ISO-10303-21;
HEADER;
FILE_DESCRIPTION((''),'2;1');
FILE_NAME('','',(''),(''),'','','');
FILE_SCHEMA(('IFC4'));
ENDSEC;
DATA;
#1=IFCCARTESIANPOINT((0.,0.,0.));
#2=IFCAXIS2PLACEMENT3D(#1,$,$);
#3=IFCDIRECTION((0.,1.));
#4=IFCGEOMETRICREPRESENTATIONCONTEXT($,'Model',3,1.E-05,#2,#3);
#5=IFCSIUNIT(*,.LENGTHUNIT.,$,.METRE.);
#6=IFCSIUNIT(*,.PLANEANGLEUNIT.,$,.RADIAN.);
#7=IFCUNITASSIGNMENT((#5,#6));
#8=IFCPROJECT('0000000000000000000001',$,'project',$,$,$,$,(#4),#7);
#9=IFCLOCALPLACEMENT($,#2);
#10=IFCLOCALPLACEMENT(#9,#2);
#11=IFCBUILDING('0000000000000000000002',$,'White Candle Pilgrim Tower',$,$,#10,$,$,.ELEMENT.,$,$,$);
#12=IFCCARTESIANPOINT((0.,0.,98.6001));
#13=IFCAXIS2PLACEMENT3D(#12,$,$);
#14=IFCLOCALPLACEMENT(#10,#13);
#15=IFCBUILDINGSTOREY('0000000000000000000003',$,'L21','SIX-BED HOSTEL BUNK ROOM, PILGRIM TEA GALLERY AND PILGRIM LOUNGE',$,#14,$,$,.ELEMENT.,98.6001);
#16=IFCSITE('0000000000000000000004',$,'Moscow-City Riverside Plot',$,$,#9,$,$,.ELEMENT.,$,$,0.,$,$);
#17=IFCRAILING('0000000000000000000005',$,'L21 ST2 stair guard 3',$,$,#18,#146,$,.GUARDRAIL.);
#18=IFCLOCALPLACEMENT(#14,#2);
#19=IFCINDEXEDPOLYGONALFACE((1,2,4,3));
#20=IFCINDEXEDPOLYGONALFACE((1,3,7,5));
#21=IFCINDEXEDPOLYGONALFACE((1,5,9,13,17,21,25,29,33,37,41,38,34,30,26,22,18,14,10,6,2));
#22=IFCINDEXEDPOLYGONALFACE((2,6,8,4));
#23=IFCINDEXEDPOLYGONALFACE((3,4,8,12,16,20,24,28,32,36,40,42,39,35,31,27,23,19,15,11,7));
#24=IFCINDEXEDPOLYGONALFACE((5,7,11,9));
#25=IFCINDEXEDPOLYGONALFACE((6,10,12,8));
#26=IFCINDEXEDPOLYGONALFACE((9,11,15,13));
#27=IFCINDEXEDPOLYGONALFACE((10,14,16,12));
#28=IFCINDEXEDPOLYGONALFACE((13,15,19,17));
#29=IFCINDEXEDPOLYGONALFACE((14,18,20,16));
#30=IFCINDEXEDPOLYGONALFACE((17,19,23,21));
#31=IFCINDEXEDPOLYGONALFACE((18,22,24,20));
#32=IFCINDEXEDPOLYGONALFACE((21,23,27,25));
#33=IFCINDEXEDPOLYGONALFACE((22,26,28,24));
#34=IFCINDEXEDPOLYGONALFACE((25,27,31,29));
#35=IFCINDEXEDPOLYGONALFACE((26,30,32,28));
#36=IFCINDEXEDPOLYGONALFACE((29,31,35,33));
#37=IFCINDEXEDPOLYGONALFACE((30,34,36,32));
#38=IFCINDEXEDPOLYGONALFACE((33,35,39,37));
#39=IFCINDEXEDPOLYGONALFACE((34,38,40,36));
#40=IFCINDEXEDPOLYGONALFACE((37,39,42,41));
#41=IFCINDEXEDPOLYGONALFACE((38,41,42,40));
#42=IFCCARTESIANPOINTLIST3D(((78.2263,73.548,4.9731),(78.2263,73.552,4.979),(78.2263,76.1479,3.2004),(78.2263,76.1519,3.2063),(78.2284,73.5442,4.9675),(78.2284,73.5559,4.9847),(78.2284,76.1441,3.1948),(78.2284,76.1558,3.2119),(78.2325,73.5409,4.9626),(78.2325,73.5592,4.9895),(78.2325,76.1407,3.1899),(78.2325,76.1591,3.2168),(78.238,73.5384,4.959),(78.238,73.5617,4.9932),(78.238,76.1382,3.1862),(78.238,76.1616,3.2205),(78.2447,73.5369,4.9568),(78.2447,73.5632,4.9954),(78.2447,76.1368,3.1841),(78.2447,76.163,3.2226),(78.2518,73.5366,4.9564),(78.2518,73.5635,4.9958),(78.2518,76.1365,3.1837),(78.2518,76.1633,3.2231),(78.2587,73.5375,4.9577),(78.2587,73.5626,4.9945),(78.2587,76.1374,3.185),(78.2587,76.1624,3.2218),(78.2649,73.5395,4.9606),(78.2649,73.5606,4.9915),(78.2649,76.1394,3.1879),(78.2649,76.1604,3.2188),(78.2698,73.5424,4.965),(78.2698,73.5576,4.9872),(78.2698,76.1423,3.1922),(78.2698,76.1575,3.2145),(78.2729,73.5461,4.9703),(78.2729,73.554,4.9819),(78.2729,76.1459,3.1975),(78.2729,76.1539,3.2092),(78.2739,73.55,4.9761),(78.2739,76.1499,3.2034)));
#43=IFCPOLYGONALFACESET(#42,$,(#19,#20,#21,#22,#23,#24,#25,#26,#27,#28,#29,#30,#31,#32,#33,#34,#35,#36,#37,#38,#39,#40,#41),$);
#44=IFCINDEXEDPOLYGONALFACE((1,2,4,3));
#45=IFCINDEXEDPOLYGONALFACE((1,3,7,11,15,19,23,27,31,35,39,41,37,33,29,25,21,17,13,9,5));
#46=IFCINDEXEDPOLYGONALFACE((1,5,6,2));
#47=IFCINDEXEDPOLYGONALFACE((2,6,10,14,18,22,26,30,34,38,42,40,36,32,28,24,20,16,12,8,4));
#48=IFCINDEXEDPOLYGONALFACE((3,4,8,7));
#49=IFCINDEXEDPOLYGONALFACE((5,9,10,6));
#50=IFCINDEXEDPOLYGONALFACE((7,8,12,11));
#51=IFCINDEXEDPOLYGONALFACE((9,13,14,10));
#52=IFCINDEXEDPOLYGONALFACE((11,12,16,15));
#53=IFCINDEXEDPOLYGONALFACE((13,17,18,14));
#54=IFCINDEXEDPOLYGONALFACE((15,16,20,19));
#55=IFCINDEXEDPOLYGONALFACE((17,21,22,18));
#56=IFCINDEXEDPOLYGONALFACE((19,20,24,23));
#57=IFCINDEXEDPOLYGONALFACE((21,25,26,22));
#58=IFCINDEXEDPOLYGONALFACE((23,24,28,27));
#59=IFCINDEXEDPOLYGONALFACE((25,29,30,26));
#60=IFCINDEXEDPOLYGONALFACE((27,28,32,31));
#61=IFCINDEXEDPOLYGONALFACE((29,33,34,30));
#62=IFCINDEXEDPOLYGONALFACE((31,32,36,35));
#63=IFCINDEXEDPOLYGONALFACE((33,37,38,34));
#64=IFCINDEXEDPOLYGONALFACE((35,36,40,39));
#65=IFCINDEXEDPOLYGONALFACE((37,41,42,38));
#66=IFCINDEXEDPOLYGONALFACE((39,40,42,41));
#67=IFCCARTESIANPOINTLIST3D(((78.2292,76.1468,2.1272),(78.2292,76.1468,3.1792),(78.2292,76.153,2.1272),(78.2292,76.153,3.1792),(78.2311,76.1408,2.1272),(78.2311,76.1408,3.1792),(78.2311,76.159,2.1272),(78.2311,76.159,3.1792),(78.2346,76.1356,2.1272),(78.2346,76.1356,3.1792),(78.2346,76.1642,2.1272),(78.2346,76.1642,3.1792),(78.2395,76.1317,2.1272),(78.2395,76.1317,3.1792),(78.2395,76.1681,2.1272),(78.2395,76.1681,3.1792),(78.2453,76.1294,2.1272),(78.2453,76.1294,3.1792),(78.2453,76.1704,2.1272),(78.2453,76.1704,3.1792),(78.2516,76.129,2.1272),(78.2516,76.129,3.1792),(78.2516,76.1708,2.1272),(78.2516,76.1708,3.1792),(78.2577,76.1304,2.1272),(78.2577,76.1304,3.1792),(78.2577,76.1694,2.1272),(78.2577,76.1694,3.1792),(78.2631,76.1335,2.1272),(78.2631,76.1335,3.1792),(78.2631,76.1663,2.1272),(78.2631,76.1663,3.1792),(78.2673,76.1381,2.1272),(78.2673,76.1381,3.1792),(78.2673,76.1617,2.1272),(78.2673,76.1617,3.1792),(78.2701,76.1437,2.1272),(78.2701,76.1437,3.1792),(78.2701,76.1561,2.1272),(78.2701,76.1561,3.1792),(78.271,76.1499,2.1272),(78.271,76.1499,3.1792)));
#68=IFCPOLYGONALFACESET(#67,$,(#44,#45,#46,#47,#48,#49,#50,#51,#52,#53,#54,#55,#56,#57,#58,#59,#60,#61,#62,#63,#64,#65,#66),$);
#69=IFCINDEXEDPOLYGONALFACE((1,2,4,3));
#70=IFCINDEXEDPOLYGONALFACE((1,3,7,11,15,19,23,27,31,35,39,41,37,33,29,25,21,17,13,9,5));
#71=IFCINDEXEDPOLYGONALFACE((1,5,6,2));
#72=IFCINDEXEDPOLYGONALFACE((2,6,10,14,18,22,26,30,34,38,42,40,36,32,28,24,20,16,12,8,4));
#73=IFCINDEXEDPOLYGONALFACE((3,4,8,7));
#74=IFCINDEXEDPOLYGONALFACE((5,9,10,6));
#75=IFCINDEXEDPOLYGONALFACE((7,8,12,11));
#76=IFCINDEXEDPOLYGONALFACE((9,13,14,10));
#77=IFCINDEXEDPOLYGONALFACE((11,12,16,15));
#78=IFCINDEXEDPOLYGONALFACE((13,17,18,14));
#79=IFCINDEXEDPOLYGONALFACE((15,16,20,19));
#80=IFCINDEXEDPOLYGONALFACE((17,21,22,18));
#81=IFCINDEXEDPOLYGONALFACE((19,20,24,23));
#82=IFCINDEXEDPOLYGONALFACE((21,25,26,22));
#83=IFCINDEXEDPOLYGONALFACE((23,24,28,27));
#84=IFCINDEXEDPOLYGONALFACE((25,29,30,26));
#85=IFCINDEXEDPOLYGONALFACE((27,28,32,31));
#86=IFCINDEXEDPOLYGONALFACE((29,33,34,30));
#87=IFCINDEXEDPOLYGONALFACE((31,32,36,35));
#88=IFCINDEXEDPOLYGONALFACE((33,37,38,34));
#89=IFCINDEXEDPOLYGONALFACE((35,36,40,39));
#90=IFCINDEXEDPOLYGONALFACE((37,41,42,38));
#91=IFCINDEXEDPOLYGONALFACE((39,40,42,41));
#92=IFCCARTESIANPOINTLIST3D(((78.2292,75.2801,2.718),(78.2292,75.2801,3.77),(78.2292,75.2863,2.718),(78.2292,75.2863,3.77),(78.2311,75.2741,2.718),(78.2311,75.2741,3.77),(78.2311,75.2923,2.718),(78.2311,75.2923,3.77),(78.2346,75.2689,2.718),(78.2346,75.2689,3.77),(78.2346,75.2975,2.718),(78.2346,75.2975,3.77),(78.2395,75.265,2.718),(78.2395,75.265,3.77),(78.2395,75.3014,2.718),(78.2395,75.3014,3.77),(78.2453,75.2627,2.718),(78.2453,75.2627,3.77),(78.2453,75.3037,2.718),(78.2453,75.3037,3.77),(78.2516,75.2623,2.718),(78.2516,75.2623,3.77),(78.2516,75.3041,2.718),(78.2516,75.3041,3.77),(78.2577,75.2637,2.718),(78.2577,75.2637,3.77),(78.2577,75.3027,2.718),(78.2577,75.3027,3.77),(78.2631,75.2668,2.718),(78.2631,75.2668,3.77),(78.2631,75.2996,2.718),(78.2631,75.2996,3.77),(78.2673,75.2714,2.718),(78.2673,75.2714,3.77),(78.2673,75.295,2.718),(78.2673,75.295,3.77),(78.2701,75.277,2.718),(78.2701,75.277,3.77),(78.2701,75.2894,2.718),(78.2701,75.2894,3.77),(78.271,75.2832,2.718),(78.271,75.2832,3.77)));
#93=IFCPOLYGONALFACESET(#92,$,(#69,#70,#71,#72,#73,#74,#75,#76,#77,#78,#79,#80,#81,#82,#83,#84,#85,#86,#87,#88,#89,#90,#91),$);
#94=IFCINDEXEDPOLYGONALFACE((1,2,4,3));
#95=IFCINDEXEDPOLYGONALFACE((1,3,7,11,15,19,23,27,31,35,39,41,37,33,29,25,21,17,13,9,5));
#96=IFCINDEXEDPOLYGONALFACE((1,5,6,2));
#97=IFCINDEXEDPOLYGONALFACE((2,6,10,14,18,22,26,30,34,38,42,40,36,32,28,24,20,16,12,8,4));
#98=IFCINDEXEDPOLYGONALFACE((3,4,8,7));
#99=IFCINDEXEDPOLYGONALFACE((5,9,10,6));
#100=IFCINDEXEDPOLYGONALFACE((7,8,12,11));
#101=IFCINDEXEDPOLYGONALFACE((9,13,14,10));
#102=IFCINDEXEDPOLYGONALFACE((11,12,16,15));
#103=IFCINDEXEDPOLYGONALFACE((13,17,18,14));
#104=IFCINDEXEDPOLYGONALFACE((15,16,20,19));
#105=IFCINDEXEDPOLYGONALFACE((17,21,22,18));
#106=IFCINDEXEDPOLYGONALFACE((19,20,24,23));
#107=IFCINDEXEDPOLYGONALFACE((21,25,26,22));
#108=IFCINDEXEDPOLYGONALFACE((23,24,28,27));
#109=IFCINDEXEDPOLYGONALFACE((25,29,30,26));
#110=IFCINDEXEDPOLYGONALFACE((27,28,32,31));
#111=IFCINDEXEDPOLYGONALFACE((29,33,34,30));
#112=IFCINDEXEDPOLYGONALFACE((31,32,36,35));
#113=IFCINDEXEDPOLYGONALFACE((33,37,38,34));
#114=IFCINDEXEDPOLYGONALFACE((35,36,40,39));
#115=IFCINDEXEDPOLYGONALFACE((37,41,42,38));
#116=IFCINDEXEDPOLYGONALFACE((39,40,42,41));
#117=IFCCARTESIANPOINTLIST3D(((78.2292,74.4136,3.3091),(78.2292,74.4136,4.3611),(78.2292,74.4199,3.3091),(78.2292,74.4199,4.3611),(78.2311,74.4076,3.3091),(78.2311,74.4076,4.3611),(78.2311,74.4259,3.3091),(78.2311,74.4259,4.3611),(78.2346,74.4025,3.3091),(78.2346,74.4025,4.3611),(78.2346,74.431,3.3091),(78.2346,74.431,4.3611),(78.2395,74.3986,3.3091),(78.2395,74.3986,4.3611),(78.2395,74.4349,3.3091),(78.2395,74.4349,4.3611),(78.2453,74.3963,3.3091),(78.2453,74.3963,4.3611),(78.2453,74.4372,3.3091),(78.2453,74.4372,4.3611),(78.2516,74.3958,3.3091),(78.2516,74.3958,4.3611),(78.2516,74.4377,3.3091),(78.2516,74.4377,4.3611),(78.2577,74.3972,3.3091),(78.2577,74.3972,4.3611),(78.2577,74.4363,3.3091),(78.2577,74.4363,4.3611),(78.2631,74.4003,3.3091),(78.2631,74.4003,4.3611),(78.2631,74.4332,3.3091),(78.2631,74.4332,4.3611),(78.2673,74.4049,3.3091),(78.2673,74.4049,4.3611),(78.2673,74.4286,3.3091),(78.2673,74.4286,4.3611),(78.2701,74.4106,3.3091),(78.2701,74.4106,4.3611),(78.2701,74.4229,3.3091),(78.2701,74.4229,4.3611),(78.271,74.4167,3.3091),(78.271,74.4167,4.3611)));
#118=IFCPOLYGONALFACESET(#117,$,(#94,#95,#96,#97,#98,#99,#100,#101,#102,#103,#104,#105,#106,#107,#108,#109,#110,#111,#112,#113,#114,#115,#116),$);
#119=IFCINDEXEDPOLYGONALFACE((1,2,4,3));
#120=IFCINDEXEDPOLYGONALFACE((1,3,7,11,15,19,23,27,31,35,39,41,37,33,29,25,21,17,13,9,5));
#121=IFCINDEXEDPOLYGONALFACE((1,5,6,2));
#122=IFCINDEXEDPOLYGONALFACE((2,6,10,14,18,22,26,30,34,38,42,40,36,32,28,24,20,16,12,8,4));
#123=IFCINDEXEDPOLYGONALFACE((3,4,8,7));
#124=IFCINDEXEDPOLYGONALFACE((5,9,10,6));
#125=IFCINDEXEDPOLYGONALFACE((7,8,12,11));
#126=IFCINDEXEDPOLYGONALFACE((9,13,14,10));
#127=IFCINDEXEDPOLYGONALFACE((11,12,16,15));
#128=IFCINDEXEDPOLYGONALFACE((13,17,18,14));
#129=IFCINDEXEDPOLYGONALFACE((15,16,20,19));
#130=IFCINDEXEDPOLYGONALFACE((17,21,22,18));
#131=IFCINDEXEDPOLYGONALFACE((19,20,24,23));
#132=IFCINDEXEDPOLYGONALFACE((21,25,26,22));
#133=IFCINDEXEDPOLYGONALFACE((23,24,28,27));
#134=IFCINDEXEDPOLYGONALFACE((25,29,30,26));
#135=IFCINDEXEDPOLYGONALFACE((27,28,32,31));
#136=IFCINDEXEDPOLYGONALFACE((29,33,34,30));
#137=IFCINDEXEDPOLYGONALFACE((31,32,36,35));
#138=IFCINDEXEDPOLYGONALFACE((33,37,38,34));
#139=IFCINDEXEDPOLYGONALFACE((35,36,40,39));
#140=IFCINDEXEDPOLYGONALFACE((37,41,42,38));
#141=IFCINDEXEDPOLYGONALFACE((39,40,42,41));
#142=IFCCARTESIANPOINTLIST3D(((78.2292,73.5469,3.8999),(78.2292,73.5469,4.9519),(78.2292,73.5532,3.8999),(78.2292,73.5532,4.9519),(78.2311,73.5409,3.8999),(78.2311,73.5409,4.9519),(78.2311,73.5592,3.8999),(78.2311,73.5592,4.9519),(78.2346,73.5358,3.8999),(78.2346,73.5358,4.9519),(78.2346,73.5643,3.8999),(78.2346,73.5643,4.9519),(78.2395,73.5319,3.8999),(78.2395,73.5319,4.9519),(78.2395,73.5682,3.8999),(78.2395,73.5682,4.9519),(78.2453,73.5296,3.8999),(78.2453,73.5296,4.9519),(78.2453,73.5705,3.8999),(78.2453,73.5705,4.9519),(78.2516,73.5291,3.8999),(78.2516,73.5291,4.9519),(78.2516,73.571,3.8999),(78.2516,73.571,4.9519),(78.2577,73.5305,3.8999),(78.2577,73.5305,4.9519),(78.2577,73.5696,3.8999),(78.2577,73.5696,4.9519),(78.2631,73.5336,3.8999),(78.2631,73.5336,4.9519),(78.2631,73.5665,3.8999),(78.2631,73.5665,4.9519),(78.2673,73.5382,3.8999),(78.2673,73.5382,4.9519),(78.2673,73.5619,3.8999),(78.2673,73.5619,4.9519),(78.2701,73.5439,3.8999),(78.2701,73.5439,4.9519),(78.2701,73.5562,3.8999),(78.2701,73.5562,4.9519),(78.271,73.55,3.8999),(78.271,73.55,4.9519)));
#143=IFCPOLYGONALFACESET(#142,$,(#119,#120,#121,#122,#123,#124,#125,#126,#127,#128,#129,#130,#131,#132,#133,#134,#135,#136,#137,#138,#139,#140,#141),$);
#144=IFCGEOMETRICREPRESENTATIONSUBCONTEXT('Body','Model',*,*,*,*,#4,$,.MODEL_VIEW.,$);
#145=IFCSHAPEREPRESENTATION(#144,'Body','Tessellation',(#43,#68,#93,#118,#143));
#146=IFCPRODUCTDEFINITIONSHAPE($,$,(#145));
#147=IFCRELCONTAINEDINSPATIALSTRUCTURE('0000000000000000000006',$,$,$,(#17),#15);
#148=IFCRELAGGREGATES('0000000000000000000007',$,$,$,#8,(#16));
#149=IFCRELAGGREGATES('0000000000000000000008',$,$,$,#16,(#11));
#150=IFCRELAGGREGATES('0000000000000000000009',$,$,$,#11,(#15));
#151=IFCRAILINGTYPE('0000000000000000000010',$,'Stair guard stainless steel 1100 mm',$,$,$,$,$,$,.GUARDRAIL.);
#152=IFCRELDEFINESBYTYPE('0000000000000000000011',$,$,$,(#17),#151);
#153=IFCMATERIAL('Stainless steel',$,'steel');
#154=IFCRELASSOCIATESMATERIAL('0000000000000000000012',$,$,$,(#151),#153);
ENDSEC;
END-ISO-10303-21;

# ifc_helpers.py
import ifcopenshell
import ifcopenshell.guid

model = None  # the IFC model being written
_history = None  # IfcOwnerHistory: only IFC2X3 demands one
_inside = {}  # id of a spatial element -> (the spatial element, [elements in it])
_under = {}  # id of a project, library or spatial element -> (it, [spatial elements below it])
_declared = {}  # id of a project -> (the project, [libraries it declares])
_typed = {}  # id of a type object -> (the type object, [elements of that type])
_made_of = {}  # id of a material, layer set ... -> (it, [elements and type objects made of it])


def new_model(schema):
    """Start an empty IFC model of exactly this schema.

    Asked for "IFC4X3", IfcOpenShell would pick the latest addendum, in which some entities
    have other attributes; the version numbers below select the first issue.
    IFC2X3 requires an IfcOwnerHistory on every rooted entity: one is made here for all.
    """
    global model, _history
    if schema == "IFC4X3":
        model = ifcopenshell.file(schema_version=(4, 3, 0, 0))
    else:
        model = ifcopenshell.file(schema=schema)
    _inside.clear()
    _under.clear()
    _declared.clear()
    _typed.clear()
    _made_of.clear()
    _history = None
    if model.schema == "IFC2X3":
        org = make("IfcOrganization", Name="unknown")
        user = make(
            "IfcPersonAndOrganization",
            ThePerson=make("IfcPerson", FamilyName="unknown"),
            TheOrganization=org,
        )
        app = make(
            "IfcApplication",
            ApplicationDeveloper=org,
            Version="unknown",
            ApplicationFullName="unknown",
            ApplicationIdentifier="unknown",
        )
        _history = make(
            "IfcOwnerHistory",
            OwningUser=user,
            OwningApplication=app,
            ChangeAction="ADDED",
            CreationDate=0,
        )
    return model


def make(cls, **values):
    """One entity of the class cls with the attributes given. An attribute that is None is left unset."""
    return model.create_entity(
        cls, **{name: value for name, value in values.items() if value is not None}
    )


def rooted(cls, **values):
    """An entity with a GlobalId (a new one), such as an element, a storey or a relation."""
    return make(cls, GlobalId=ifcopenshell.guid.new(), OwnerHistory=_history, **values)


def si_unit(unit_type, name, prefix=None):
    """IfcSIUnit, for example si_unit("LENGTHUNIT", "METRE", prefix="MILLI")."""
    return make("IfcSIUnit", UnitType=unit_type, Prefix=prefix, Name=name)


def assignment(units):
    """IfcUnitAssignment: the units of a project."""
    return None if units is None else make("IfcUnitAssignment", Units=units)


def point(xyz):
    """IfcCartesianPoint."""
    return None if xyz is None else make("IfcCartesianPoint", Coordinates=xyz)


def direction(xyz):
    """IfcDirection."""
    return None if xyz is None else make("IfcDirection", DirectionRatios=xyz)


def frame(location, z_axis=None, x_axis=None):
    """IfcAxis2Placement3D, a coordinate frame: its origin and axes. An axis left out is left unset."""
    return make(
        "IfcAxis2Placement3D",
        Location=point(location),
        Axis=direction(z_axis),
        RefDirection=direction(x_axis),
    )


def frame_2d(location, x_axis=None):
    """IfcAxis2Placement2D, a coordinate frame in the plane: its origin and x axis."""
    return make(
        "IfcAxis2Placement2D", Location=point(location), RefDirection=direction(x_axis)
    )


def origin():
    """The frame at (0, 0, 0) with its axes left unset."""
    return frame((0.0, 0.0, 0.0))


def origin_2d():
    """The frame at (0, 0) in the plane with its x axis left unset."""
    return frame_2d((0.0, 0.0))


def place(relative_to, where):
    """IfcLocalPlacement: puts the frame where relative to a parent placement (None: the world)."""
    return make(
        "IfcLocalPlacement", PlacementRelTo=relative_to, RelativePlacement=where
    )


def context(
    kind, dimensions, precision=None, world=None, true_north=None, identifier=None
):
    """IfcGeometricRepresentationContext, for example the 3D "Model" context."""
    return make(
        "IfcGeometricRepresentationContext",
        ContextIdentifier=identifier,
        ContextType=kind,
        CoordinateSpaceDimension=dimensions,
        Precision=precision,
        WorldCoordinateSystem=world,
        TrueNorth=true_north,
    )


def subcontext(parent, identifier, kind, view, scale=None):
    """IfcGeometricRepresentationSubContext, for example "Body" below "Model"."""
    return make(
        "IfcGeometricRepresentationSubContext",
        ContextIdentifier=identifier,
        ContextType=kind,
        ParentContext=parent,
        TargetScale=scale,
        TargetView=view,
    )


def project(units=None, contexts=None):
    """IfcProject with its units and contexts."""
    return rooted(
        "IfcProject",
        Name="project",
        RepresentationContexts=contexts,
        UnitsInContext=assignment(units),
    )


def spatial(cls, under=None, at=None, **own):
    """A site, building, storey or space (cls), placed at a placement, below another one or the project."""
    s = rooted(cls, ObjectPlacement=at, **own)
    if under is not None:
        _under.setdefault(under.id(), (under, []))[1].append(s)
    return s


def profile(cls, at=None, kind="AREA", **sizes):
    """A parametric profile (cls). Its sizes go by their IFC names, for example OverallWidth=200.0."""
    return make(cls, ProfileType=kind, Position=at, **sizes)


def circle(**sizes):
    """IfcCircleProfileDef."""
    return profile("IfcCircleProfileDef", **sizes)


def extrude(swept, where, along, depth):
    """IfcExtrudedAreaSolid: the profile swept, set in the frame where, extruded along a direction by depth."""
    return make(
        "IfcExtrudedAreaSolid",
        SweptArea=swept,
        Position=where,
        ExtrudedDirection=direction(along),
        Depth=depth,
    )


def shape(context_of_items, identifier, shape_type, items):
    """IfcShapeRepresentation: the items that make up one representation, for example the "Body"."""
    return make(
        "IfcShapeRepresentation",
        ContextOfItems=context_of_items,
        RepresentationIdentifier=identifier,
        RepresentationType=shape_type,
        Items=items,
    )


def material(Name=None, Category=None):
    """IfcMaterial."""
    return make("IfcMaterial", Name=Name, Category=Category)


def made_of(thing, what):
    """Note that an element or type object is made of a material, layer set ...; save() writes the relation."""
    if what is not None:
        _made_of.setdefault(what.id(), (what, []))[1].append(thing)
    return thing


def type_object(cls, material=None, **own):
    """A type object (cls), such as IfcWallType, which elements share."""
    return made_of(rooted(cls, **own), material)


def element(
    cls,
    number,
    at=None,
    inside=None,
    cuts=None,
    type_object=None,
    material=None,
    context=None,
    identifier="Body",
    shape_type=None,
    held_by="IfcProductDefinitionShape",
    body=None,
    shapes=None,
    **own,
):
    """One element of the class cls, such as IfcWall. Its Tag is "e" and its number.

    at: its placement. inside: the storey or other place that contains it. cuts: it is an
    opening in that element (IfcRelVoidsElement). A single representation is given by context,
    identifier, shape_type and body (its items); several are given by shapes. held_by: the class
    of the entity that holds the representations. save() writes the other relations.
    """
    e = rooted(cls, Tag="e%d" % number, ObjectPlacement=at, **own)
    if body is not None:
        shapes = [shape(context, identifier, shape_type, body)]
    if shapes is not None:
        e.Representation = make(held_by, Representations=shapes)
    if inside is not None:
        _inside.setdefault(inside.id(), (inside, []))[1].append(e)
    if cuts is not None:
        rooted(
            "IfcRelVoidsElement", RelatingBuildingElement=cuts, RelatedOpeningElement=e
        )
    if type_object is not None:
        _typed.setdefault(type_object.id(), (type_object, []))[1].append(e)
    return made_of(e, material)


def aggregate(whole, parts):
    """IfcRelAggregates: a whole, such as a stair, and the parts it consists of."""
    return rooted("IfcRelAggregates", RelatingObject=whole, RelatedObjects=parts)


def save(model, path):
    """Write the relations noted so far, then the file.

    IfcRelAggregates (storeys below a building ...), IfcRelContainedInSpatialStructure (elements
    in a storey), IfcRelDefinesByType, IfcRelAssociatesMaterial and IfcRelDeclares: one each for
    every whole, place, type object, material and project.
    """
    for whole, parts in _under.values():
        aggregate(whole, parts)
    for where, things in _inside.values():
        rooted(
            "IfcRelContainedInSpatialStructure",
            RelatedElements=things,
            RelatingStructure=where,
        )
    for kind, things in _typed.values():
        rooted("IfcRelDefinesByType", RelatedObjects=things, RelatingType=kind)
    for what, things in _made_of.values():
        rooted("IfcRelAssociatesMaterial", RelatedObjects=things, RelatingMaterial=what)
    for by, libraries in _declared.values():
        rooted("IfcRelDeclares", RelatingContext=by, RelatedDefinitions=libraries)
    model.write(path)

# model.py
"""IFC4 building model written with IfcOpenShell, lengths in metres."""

from ifc_helpers import new_model, si_unit, direction, frame, origin, origin_2d, place, context, subcontext, project, spatial, circle, extrude, material, type_object, element, save


model = new_model("IFC4")

# Units and contexts
model_context = context("Model", 3, precision=1e-05, world=origin(), true_north=direction((0.0, 1.0)))
body_context = subcontext(model_context, "Body", "Model", "MODEL_VIEW")
ifc_project = project(units=[si_unit("LENGTHUNIT", "METRE"), si_unit("PLANEANGLEUNIT", "RADIAN")], contexts=[model_context])

# Site, building, storey
site_placement = place(None, origin())
site = spatial("IfcSite", under=ifc_project, at=site_placement, Name="Moscow-City Riverside Plot", CompositionType="ELEMENT", RefElevation=0.0)
building_placement = place(site_placement, origin())
building = spatial("IfcBuilding", under=site, at=building_placement, Name="White Candle Pilgrim Tower", CompositionType="ELEMENT")
storey_placement = place(building_placement, frame((0.0, 0.0, 98.6001)))
storey = spatial("IfcBuildingStorey", under=building, at=storey_placement, Name="L21", Description="SIX-BED HOSTEL BUNK ROOM, PILGRIM TEA GALLERY AND PILGRIM LOUNGE", CompositionType="ELEMENT", Elevation=98.6001)

# Railing
ifc_material_1 = material(Name="Stainless steel", Category="steel")
railing_type = type_object("IfcRailingType", Name="Stair guard stainless steel 1100 mm", PredefinedType="GUARDRAIL", material=ifc_material_1)
railing_1_placement = place(storey_placement, frame((78.25, 76.1499, 2.1272)))
element("IfcRailing", 1, at=railing_1_placement, inside=storey, type_object=railing_type, Name="L21 ST2 stair guard 3", PredefinedType="GUARDRAIL", context=body_context, shape_type="SweptSolid", body=[
    extrude(circle(Radius=0.0239, at=origin_2d()), frame((0.0, 0.0, 1.0762), z_axis=(0.0, -0.826216, 0.563354), x_axis=(1.0, 0.0, 0.0)), (0.0, 0.0, 1.0), 3.1467),
    extrude(circle(Radius=0.021, at=origin_2d()), origin(), (0.0, 0.0, 1.0), 1.052),
    extrude(circle(Radius=0.021, at=origin_2d()), frame((0.0, -0.8667, 0.5908)), (0.0, 0.0, 1.0), 1.052),
    extrude(circle(Radius=0.021, at=origin_2d()), frame((0.0, -1.7332, 1.1819)), (0.0, 0.0, 1.0), 1.052),
    extrude(circle(Radius=0.021, at=origin_2d()), frame((0.0, -2.5999, 1.7727)), (0.0, 0.0, 1.0), 1.052),
])

save(model, "model.ifc")
